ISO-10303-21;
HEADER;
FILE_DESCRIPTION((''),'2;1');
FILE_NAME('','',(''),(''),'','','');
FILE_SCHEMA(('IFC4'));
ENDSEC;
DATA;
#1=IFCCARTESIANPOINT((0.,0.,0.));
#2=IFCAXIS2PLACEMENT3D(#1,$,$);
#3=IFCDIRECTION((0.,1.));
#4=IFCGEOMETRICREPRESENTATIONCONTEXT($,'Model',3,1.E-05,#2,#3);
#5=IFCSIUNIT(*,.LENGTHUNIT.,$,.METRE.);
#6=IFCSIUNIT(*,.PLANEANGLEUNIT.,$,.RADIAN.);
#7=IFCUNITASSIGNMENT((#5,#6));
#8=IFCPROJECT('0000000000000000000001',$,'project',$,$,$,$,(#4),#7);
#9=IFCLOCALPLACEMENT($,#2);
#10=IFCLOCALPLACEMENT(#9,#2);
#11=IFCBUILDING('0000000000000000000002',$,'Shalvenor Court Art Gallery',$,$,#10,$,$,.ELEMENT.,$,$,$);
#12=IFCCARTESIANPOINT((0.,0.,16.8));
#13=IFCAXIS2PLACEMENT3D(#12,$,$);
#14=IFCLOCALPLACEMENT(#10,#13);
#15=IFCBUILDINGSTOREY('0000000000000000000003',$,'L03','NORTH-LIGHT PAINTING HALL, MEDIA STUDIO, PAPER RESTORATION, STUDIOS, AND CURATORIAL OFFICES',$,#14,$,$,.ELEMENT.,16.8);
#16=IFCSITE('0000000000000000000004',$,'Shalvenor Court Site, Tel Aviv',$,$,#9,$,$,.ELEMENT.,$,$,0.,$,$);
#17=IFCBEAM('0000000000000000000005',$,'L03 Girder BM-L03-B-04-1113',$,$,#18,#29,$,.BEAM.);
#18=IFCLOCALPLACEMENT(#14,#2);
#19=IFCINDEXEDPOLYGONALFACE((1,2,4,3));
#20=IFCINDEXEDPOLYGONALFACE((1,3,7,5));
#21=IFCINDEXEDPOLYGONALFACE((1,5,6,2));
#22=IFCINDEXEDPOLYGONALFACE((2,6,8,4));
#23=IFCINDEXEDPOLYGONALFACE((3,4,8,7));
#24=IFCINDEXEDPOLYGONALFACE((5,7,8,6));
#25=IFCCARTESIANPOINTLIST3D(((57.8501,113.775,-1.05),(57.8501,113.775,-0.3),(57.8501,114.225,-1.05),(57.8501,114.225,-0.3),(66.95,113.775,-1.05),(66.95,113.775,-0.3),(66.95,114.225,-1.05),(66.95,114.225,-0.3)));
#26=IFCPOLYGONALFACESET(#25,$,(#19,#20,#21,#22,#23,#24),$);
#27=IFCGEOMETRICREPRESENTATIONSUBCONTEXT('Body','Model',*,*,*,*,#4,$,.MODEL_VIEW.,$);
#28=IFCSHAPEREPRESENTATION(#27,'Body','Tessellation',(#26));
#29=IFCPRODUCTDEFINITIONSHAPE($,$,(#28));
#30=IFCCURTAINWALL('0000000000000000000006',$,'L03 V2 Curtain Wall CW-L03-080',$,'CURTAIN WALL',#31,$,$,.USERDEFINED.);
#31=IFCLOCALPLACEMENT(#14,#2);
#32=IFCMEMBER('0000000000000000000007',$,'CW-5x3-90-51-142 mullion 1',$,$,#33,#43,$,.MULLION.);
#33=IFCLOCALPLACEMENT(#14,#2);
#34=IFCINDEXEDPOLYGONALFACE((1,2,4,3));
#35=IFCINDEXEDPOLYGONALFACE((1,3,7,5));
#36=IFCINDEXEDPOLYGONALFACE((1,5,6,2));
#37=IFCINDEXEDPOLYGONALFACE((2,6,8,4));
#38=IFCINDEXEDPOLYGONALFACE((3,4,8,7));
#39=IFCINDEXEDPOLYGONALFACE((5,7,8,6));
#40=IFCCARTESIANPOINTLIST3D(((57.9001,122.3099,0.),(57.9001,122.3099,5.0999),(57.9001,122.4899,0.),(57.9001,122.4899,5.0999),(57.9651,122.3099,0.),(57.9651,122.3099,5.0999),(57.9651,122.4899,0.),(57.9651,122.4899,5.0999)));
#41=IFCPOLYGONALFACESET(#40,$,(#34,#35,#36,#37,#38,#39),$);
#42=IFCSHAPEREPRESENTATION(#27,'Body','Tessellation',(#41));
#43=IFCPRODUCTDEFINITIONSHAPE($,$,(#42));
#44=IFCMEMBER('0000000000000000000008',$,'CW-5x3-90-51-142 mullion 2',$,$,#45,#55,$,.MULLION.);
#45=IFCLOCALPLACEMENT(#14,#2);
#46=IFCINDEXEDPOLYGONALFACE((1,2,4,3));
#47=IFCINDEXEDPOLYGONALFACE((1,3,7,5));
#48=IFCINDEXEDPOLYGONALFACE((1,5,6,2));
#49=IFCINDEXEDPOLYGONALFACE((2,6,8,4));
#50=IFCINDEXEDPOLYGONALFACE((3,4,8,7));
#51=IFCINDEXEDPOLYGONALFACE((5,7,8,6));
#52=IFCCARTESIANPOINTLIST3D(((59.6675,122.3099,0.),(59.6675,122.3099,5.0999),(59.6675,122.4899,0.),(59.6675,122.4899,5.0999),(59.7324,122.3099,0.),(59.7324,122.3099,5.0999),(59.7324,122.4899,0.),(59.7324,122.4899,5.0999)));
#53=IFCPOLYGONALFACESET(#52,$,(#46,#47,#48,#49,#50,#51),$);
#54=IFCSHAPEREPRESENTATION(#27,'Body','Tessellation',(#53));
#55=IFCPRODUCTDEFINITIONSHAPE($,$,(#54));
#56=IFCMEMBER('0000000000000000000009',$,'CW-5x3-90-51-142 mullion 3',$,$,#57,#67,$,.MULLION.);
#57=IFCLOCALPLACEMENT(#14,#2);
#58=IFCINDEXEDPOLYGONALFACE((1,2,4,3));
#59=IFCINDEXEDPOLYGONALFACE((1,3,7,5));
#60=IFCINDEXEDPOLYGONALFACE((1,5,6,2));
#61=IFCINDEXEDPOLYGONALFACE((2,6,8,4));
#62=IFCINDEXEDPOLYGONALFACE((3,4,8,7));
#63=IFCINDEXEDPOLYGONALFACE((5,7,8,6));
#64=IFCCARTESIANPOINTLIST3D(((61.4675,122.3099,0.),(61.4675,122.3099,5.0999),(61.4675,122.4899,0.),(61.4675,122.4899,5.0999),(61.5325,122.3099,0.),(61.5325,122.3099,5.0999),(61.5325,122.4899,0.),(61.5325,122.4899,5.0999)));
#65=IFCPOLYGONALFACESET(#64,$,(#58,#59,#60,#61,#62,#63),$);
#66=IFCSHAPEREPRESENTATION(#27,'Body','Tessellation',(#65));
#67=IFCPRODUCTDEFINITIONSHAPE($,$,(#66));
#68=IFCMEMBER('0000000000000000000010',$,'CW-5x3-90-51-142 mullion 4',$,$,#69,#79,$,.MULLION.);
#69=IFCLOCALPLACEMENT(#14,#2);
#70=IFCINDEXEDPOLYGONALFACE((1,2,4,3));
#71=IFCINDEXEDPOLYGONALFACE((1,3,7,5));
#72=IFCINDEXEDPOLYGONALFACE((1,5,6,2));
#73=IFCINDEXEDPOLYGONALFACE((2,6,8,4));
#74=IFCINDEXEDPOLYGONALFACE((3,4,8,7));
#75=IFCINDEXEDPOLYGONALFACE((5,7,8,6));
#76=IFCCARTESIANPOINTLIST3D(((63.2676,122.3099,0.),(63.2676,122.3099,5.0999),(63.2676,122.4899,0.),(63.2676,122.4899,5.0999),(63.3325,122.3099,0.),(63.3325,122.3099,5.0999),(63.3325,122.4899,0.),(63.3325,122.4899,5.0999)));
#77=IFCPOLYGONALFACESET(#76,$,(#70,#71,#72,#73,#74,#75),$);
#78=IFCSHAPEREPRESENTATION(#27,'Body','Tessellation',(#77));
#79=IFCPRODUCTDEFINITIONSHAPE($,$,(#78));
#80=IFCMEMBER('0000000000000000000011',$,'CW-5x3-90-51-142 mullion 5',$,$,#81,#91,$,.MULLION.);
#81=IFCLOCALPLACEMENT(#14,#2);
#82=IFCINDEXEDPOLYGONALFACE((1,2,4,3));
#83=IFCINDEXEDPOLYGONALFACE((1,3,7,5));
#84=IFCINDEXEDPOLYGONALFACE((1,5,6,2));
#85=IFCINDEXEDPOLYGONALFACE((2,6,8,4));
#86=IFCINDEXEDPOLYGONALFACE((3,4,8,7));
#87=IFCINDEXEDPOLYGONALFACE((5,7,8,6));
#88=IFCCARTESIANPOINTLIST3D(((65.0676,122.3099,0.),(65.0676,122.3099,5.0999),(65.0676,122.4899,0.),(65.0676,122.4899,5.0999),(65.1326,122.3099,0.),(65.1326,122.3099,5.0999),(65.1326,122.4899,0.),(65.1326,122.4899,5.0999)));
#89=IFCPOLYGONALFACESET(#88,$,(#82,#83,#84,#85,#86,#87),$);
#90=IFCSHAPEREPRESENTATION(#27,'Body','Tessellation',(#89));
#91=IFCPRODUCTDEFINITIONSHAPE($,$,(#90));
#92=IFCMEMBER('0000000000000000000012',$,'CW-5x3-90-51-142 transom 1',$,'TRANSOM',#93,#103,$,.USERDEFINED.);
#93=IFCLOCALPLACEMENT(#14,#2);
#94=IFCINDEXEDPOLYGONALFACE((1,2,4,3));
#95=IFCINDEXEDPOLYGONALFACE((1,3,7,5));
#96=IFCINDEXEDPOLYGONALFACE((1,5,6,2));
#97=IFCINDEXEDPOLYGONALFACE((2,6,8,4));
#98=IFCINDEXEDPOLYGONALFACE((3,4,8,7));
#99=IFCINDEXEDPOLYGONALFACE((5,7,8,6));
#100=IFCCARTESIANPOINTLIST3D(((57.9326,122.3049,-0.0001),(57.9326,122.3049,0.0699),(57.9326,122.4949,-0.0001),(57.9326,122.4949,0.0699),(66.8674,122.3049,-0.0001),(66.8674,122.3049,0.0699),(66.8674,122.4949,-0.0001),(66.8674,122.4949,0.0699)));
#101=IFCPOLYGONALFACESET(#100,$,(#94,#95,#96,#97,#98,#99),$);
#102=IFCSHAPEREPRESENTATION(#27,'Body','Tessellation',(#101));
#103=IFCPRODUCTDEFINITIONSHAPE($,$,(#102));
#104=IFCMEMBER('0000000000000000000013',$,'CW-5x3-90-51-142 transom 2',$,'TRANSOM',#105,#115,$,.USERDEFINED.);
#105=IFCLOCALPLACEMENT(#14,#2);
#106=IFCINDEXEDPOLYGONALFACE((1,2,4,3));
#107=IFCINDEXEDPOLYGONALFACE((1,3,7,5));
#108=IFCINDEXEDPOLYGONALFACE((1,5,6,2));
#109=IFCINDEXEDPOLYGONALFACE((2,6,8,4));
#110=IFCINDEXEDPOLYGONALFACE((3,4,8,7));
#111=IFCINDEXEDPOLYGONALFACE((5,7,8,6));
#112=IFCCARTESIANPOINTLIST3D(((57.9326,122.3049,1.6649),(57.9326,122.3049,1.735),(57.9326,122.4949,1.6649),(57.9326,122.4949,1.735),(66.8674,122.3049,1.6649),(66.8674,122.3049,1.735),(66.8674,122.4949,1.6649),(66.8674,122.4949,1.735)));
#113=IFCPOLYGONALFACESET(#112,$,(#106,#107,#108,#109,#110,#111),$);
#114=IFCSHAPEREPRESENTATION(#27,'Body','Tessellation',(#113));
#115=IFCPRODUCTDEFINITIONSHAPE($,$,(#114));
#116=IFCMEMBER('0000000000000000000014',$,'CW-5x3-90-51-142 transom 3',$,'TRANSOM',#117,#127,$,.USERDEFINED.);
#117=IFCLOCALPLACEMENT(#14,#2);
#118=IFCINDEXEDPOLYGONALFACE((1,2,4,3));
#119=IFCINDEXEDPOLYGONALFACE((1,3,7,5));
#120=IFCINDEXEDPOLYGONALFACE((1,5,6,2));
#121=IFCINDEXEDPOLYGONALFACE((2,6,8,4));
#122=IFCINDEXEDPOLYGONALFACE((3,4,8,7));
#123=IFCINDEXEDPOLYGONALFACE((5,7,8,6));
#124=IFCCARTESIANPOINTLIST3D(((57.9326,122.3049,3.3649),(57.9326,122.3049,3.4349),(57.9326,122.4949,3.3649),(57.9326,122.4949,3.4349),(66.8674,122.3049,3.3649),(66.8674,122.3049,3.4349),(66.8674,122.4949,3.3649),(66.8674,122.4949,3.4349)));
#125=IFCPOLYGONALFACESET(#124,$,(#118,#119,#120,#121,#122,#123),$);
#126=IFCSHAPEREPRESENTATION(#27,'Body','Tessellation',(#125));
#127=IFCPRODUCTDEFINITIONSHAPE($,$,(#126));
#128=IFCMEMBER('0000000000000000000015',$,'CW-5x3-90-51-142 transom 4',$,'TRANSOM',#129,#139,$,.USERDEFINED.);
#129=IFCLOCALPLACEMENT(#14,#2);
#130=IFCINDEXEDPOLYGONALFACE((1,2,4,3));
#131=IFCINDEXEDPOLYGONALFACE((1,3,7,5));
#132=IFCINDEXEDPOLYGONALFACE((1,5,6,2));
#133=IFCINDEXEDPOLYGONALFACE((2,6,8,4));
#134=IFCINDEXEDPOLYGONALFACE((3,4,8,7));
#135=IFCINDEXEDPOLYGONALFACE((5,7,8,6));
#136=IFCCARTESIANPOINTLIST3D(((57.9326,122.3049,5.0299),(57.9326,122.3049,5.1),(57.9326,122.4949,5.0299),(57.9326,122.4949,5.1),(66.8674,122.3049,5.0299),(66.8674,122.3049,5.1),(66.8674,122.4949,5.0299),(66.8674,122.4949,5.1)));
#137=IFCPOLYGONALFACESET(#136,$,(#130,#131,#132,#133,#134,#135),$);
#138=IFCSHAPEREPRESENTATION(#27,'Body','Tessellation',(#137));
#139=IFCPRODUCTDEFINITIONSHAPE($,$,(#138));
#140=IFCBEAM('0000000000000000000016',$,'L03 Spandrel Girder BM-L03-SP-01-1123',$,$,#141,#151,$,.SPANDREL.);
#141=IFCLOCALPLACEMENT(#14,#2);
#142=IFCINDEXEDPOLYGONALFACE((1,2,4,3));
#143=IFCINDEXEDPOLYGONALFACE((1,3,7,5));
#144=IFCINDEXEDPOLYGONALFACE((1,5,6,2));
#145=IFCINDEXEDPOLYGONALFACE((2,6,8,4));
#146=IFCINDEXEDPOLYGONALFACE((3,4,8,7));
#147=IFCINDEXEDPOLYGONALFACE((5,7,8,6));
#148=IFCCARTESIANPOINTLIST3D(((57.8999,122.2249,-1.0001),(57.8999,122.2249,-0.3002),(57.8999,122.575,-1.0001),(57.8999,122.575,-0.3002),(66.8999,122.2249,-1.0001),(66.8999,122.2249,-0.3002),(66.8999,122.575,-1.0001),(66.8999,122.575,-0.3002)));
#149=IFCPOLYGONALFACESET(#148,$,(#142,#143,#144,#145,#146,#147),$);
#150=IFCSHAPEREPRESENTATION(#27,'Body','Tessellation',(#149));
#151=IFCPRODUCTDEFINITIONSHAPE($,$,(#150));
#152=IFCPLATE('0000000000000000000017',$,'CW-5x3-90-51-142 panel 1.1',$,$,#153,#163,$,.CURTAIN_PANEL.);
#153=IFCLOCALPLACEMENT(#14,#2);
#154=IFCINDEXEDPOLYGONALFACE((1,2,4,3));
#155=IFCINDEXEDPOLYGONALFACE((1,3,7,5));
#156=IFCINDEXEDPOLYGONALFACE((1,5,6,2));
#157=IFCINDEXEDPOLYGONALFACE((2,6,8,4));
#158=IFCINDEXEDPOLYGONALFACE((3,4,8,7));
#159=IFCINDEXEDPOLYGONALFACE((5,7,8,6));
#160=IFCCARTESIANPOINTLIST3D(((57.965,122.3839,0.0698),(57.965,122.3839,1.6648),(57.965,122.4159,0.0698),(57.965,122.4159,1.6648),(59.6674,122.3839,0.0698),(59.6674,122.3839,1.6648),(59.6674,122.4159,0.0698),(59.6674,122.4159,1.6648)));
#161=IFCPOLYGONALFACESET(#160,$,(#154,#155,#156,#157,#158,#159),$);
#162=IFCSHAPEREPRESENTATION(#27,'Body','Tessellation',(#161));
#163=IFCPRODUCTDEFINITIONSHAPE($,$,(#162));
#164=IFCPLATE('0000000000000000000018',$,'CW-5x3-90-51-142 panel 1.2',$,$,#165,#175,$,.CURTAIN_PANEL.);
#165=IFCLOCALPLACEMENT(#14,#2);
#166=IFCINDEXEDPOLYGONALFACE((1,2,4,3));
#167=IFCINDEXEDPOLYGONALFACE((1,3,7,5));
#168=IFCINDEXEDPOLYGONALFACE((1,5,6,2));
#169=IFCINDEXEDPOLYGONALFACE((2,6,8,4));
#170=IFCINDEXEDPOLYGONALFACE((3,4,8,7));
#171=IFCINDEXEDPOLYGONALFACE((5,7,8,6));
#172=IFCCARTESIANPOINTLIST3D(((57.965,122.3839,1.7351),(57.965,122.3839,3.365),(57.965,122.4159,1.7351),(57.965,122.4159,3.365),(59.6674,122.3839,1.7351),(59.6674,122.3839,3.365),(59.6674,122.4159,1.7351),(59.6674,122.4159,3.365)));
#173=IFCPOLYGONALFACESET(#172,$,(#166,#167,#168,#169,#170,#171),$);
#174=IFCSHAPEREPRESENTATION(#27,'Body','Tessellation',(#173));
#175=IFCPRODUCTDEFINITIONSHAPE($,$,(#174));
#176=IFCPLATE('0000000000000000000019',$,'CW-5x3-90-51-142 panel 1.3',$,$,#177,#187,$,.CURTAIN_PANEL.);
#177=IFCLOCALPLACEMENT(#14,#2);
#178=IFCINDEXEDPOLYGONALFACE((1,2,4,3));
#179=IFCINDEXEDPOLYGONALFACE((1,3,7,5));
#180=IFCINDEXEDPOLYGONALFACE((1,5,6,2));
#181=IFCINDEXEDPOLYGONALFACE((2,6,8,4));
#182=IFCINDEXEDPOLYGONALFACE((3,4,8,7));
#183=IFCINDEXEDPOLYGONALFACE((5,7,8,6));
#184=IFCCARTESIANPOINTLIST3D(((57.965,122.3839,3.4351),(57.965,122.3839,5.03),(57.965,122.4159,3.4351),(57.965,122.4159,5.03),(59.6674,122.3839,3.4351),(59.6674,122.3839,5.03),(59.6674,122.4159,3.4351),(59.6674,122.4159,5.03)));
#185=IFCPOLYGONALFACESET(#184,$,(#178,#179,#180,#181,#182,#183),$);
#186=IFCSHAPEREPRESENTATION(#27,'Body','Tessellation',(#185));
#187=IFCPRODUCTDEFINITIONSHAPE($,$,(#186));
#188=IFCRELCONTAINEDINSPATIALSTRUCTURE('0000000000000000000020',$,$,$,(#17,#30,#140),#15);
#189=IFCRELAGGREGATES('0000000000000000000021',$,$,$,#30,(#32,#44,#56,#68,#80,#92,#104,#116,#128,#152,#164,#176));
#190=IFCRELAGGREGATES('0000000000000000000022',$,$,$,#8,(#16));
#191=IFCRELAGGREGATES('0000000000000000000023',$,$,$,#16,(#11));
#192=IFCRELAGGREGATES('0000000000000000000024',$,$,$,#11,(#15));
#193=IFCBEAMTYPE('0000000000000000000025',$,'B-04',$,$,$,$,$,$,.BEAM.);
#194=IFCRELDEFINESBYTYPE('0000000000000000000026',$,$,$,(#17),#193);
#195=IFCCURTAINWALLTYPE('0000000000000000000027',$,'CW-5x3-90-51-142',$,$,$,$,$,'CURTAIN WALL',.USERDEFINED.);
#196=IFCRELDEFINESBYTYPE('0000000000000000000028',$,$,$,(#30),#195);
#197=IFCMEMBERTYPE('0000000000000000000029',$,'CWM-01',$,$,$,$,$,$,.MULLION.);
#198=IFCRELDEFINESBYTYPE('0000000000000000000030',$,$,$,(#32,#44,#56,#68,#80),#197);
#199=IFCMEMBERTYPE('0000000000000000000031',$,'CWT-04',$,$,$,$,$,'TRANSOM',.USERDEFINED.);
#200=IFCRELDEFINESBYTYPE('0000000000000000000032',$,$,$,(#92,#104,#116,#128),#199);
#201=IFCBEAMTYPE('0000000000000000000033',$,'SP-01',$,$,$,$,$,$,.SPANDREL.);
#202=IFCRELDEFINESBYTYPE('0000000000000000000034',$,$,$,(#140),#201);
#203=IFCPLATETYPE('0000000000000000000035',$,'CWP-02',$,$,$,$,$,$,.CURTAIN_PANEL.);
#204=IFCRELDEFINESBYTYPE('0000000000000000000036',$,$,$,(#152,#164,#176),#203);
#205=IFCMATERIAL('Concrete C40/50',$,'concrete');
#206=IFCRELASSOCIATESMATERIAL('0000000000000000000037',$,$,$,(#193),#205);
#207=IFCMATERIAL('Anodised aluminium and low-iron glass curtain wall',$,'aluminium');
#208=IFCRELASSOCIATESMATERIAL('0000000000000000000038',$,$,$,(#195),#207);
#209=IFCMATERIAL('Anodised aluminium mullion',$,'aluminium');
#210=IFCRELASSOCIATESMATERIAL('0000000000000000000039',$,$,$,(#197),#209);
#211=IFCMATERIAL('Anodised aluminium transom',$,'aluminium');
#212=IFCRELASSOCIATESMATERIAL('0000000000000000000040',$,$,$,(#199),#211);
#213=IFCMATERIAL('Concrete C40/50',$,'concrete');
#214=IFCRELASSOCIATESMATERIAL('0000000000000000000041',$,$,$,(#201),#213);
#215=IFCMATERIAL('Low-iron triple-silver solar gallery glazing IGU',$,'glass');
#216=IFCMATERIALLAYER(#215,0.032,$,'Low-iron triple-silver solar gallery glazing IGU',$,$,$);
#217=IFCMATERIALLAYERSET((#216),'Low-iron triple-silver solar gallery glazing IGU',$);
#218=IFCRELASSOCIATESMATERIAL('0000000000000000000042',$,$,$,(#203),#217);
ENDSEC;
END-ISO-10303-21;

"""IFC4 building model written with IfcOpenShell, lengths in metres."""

from ifc_helpers import new_model, si_unit, direction, frame, origin, origin_2d, place, context, subcontext, project, spatial, rectangle, extrude, material, layer, layer_set, material_profile, profile_set, type_object, element, aggregate, save


model = new_model("IFC4")

# Units and contexts
model_context = context("Model", 3, precision=1e-05, world=origin(), true_north=direction((0.0, 1.0)))
body_context = subcontext(model_context, "Body", "Model", "MODEL_VIEW")
ifc_project = project(units=[si_unit("LENGTHUNIT", "METRE"), si_unit("PLANEANGLEUNIT", "RADIAN")], contexts=[model_context])

# Site, building, storey
site_placement = place(None, origin())
site = spatial("IfcSite", under=ifc_project, at=site_placement, Name="Shalvenor Court Site, Tel Aviv", CompositionType="ELEMENT", RefElevation=0.0)
building_placement = place(site_placement, origin())
building = spatial("IfcBuilding", under=site, at=building_placement, Name="Shalvenor Court Art Gallery", CompositionType="ELEMENT")
storey_placement = place(building_placement, frame((0.0, 0.0, 16.8)))
storey = spatial("IfcBuildingStorey", under=building, at=storey_placement, Name="L03", Description="NORTH-LIGHT PAINTING HALL, MEDIA STUDIO, PAPER RESTORATION, STUDIOS, AND CURATORIAL OFFICES", CompositionType="ELEMENT", Elevation=16.8)

# Beam
ifc_material_1 = material(Name="Concrete C40/50", Category="concrete")
ifc_material_profile_1 = material_profile(ifc_material_1, rectangle(XDim=0.45, YDim=0.75, at=origin_2d()), Name="RC 450x750")
ifc_profile_set_1 = profile_set([ifc_material_profile_1], Name="Concrete C40/50")
beam_type_1 = type_object("IfcBeamType", Name="B-04", PredefinedType="BEAM", material=ifc_profile_set_1)
beam_1_placement = place(storey_placement, frame((57.8501, 114.0, -0.675), z_axis=(1.0, 0.0, 0.0), x_axis=(0.0, 1.0, 0.0)))
element("IfcBeam", 1, at=beam_1_placement, inside=storey, type_object=beam_type_1, Name="L03 Girder BM-L03-B-04-1113", PredefinedType="BEAM", context=body_context, shape_type="SweptSolid", body=[
    extrude(rectangle(XDim=0.45, YDim=0.75, at=origin_2d()), origin(), (0.0, 0.0, 1.0), 9.0999),
])

# Curtain wall, members
ifc_material_2 = material(Name="Anodised aluminium and low-iron glass curtain wall", Category="aluminium")
curtain_wall_type = type_object("IfcCurtainWallType", Name="CW-5x3-90-51-142", ElementType="CURTAIN WALL", PredefinedType="USERDEFINED", material=ifc_material_2)
curtain_wall_placement = place(storey_placement, origin())
curtain_wall = element("IfcCurtainWall", 2, at=curtain_wall_placement, inside=storey, type_object=curtain_wall_type, Name="L03 V2 Curtain Wall CW-L03-080", ObjectType="CURTAIN WALL", PredefinedType="USERDEFINED")
ifc_material_3 = material(Name="Anodised aluminium mullion", Category="aluminium")
ifc_material_profile_2 = material_profile(ifc_material_3, rectangle(XDim=0.0649, YDim=0.1799, at=origin_2d()), Name="CWM-01")
ifc_profile_set_2 = profile_set([ifc_material_profile_2], Name="Anodised aluminium mullion")
member_type_1 = type_object("IfcMemberType", Name="CWM-01", PredefinedType="MULLION", material=ifc_profile_set_2)
member_1_placement = place(storey_placement, frame((57.9326, 122.3999, 0.0), z_axis=(0.0, 0.0, 1.0), x_axis=(1.0, 0.0, 0.0)))
member_1 = element("IfcMember", 3, at=member_1_placement, type_object=member_type_1, Name="CW-5x3-90-51-142 mullion 1", PredefinedType="MULLION", context=body_context, shape_type="SweptSolid", body=[
    extrude(rectangle(XDim=0.0649, YDim=0.1799, at=origin_2d()), origin(), (0.0, 0.0, 1.0), 5.0999),
])
member_2_placement = place(storey_placement, frame((59.7, 122.3999, 0.0), z_axis=(0.0, 0.0, 1.0), x_axis=(1.0, 0.0, 0.0)))
member_2 = element("IfcMember", 4, at=member_2_placement, type_object=member_type_1, Name="CW-5x3-90-51-142 mullion 2", PredefinedType="MULLION", context=body_context, shape_type="SweptSolid", body=[
    extrude(rectangle(XDim=0.0649, YDim=0.1799, at=origin_2d()), origin(), (0.0, 0.0, 1.0), 5.0999),
])
member_3_placement = place(storey_placement, frame((61.5, 122.3999, 0.0), z_axis=(0.0, 0.0, 1.0), x_axis=(1.0, 0.0, 0.0)))
member_3 = element("IfcMember", 5, at=member_3_placement, type_object=member_type_1, Name="CW-5x3-90-51-142 mullion 3", PredefinedType="MULLION", context=body_context, shape_type="SweptSolid", body=[
    extrude(rectangle(XDim=0.0649, YDim=0.1799, at=origin_2d()), origin(), (0.0, 0.0, 1.0), 5.0999),
])
member_4_placement = place(storey_placement, frame((63.3, 122.3999, 0.0), z_axis=(0.0, 0.0, 1.0), x_axis=(1.0, 0.0, 0.0)))
member_4 = element("IfcMember", 6, at=member_4_placement, type_object=member_type_1, Name="CW-5x3-90-51-142 mullion 4", PredefinedType="MULLION", context=body_context, shape_type="SweptSolid", body=[
    extrude(rectangle(XDim=0.0649, YDim=0.1799, at=origin_2d()), origin(), (0.0, 0.0, 1.0), 5.0999),
])
member_5_placement = place(storey_placement, frame((65.1001, 122.3999, 0.0), z_axis=(0.0, 0.0, 1.0), x_axis=(1.0, 0.0, 0.0)))
member_5 = element("IfcMember", 7, at=member_5_placement, type_object=member_type_1, Name="CW-5x3-90-51-142 mullion 5", PredefinedType="MULLION", context=body_context, shape_type="SweptSolid", body=[
    extrude(rectangle(XDim=0.0649, YDim=0.1799, at=origin_2d()), origin(), (0.0, 0.0, 1.0), 5.0999),
])
ifc_material_4 = material(Name="Anodised aluminium transom", Category="aluminium")
ifc_material_profile_3 = material_profile(ifc_material_4, rectangle(XDim=0.1899, YDim=0.0701, at=origin_2d()), Name="CWT-04")
ifc_profile_set_3 = profile_set([ifc_material_profile_3], Name="Anodised aluminium transom")
member_type_2 = type_object("IfcMemberType", Name="CWT-04", ElementType="TRANSOM", PredefinedType="USERDEFINED", material=ifc_profile_set_3)
member_6_placement = place(storey_placement, frame((57.9326, 122.3999, 0.0349), z_axis=(1.0, 0.0, 0.0), x_axis=(0.0, 1.0, 0.0)))
member_6 = element("IfcMember", 8, at=member_6_placement, type_object=member_type_2, Name="CW-5x3-90-51-142 transom 1", ObjectType="TRANSOM", PredefinedType="USERDEFINED", context=body_context, shape_type="SweptSolid", body=[
    extrude(rectangle(XDim=0.1899, YDim=0.0701, at=origin_2d()), origin(), (0.0, 0.0, 1.0), 8.9348),
])
member_7_placement = place(storey_placement, frame((57.9326, 122.3999, 1.7), z_axis=(1.0, 0.0, 0.0), x_axis=(0.0, 1.0, 0.0)))
member_7 = element("IfcMember", 9, at=member_7_placement, type_object=member_type_2, Name="CW-5x3-90-51-142 transom 2", ObjectType="TRANSOM", PredefinedType="USERDEFINED", context=body_context, shape_type="SweptSolid", body=[
    extrude(rectangle(XDim=0.1899, YDim=0.0701, at=origin_2d()), origin(), (0.0, 0.0, 1.0), 8.9348),
])
member_8_placement = place(storey_placement, frame((57.9326, 122.3999, 3.3999), z_axis=(1.0, 0.0, 0.0), x_axis=(0.0, 1.0, 0.0)))
member_8 = element("IfcMember", 10, at=member_8_placement, type_object=member_type_2, Name="CW-5x3-90-51-142 transom 3", ObjectType="TRANSOM", PredefinedType="USERDEFINED", context=body_context, shape_type="SweptSolid", body=[
    extrude(rectangle(XDim=0.1899, YDim=0.0701, at=origin_2d()), origin(), (0.0, 0.0, 1.0), 8.9348),
])
member_9_placement = place(storey_placement, frame((57.9326, 122.3999, 5.0649), z_axis=(1.0, 0.0, 0.0), x_axis=(0.0, 1.0, 0.0)))
member_9 = element("IfcMember", 11, at=member_9_placement, type_object=member_type_2, Name="CW-5x3-90-51-142 transom 4", ObjectType="TRANSOM", PredefinedType="USERDEFINED", context=body_context, shape_type="SweptSolid", body=[
    extrude(rectangle(XDim=0.1899, YDim=0.0701, at=origin_2d()), origin(), (0.0, 0.0, 1.0), 8.9348),
])

# Beam
ifc_material_5 = material(Name="Concrete C40/50", Category="concrete")
ifc_material_profile_4 = material_profile(ifc_material_5, rectangle(XDim=0.3501, YDim=0.7, at=origin_2d()), Name="RC 350x700")
ifc_profile_set_4 = profile_set([ifc_material_profile_4], Name="Concrete C40/50")
beam_type_2 = type_object("IfcBeamType", Name="SP-01", PredefinedType="SPANDREL", material=ifc_profile_set_4)
beam_2_placement = place(storey_placement, frame((57.8999, 122.3999, -0.6501), z_axis=(1.0, 0.0, 0.0), x_axis=(0.0, 1.0, 0.0)))
element("IfcBeam", 12, at=beam_2_placement, inside=storey, type_object=beam_type_2, Name="L03 Spandrel Girder BM-L03-SP-01-1123", PredefinedType="SPANDREL", context=body_context, shape_type="SweptSolid", body=[
    extrude(rectangle(XDim=0.3501, YDim=0.7, at=origin_2d()), origin(), (0.0, 0.0, 1.0), 9.0),
])

# Plates
ifc_material_6 = material(Name="Low-iron triple-silver solar gallery glazing IGU", Category="glass")
ifc_layer_1 = layer(ifc_material_6, 0.032, Name="Low-iron triple-silver solar gallery glazing IGU")
ifc_layer_set_1 = layer_set([ifc_layer_1], Name="Low-iron triple-silver solar gallery glazing IGU")
plate_type_1 = type_object("IfcPlateType", Name="CWP-02", PredefinedType="CURTAIN_PANEL", material=ifc_layer_set_1)
plate_1_placement = place(storey_placement, frame((58.8162, 122.3999, 0.0698), z_axis=(0.0, 0.0, 1.0), x_axis=(1.0, 0.0, 0.0)))
plate_1 = element("IfcPlate", 13, at=plate_1_placement, type_object=plate_type_1, Name="CW-5x3-90-51-142 panel 1.1", PredefinedType="CURTAIN_PANEL", context=body_context, shape_type="SweptSolid", body=[
    extrude(rectangle(XDim=1.7024, YDim=0.032, at=origin_2d()), origin(), (0.0, 0.0, 1.0), 1.595),
])
plate_2_placement = place(storey_placement, frame((58.8162, 122.3999, 1.7351), z_axis=(0.0, 0.0, 1.0), x_axis=(1.0, 0.0, 0.0)))
plate_2 = element("IfcPlate", 14, at=plate_2_placement, type_object=plate_type_1, Name="CW-5x3-90-51-142 panel 1.2", PredefinedType="CURTAIN_PANEL", context=body_context, shape_type="SweptSolid", body=[
    extrude(rectangle(XDim=1.7024, YDim=0.032, at=origin_2d()), origin(), (0.0, 0.0, 1.0), 1.6299),
])
plate_3_placement = place(storey_placement, frame((58.8162, 122.3999, 3.4351), z_axis=(0.0, 0.0, 1.0), x_axis=(1.0, 0.0, 0.0)))
plate_3 = element("IfcPlate", 15, at=plate_3_placement, type_object=plate_type_1, Name="CW-5x3-90-51-142 panel 1.3", PredefinedType="CURTAIN_PANEL", context=body_context, shape_type="SweptSolid", body=[
    extrude(rectangle(XDim=1.7024, YDim=0.032, at=origin_2d()), origin(), (0.0, 0.0, 1.0), 1.595),
])
aggregate(curtain_wall, [member_1, member_2, member_3, member_4, member_5, member_6, member_7, member_8, member_9, plate_1, plate_2, plate_3])

save(model, "model.ifc")
